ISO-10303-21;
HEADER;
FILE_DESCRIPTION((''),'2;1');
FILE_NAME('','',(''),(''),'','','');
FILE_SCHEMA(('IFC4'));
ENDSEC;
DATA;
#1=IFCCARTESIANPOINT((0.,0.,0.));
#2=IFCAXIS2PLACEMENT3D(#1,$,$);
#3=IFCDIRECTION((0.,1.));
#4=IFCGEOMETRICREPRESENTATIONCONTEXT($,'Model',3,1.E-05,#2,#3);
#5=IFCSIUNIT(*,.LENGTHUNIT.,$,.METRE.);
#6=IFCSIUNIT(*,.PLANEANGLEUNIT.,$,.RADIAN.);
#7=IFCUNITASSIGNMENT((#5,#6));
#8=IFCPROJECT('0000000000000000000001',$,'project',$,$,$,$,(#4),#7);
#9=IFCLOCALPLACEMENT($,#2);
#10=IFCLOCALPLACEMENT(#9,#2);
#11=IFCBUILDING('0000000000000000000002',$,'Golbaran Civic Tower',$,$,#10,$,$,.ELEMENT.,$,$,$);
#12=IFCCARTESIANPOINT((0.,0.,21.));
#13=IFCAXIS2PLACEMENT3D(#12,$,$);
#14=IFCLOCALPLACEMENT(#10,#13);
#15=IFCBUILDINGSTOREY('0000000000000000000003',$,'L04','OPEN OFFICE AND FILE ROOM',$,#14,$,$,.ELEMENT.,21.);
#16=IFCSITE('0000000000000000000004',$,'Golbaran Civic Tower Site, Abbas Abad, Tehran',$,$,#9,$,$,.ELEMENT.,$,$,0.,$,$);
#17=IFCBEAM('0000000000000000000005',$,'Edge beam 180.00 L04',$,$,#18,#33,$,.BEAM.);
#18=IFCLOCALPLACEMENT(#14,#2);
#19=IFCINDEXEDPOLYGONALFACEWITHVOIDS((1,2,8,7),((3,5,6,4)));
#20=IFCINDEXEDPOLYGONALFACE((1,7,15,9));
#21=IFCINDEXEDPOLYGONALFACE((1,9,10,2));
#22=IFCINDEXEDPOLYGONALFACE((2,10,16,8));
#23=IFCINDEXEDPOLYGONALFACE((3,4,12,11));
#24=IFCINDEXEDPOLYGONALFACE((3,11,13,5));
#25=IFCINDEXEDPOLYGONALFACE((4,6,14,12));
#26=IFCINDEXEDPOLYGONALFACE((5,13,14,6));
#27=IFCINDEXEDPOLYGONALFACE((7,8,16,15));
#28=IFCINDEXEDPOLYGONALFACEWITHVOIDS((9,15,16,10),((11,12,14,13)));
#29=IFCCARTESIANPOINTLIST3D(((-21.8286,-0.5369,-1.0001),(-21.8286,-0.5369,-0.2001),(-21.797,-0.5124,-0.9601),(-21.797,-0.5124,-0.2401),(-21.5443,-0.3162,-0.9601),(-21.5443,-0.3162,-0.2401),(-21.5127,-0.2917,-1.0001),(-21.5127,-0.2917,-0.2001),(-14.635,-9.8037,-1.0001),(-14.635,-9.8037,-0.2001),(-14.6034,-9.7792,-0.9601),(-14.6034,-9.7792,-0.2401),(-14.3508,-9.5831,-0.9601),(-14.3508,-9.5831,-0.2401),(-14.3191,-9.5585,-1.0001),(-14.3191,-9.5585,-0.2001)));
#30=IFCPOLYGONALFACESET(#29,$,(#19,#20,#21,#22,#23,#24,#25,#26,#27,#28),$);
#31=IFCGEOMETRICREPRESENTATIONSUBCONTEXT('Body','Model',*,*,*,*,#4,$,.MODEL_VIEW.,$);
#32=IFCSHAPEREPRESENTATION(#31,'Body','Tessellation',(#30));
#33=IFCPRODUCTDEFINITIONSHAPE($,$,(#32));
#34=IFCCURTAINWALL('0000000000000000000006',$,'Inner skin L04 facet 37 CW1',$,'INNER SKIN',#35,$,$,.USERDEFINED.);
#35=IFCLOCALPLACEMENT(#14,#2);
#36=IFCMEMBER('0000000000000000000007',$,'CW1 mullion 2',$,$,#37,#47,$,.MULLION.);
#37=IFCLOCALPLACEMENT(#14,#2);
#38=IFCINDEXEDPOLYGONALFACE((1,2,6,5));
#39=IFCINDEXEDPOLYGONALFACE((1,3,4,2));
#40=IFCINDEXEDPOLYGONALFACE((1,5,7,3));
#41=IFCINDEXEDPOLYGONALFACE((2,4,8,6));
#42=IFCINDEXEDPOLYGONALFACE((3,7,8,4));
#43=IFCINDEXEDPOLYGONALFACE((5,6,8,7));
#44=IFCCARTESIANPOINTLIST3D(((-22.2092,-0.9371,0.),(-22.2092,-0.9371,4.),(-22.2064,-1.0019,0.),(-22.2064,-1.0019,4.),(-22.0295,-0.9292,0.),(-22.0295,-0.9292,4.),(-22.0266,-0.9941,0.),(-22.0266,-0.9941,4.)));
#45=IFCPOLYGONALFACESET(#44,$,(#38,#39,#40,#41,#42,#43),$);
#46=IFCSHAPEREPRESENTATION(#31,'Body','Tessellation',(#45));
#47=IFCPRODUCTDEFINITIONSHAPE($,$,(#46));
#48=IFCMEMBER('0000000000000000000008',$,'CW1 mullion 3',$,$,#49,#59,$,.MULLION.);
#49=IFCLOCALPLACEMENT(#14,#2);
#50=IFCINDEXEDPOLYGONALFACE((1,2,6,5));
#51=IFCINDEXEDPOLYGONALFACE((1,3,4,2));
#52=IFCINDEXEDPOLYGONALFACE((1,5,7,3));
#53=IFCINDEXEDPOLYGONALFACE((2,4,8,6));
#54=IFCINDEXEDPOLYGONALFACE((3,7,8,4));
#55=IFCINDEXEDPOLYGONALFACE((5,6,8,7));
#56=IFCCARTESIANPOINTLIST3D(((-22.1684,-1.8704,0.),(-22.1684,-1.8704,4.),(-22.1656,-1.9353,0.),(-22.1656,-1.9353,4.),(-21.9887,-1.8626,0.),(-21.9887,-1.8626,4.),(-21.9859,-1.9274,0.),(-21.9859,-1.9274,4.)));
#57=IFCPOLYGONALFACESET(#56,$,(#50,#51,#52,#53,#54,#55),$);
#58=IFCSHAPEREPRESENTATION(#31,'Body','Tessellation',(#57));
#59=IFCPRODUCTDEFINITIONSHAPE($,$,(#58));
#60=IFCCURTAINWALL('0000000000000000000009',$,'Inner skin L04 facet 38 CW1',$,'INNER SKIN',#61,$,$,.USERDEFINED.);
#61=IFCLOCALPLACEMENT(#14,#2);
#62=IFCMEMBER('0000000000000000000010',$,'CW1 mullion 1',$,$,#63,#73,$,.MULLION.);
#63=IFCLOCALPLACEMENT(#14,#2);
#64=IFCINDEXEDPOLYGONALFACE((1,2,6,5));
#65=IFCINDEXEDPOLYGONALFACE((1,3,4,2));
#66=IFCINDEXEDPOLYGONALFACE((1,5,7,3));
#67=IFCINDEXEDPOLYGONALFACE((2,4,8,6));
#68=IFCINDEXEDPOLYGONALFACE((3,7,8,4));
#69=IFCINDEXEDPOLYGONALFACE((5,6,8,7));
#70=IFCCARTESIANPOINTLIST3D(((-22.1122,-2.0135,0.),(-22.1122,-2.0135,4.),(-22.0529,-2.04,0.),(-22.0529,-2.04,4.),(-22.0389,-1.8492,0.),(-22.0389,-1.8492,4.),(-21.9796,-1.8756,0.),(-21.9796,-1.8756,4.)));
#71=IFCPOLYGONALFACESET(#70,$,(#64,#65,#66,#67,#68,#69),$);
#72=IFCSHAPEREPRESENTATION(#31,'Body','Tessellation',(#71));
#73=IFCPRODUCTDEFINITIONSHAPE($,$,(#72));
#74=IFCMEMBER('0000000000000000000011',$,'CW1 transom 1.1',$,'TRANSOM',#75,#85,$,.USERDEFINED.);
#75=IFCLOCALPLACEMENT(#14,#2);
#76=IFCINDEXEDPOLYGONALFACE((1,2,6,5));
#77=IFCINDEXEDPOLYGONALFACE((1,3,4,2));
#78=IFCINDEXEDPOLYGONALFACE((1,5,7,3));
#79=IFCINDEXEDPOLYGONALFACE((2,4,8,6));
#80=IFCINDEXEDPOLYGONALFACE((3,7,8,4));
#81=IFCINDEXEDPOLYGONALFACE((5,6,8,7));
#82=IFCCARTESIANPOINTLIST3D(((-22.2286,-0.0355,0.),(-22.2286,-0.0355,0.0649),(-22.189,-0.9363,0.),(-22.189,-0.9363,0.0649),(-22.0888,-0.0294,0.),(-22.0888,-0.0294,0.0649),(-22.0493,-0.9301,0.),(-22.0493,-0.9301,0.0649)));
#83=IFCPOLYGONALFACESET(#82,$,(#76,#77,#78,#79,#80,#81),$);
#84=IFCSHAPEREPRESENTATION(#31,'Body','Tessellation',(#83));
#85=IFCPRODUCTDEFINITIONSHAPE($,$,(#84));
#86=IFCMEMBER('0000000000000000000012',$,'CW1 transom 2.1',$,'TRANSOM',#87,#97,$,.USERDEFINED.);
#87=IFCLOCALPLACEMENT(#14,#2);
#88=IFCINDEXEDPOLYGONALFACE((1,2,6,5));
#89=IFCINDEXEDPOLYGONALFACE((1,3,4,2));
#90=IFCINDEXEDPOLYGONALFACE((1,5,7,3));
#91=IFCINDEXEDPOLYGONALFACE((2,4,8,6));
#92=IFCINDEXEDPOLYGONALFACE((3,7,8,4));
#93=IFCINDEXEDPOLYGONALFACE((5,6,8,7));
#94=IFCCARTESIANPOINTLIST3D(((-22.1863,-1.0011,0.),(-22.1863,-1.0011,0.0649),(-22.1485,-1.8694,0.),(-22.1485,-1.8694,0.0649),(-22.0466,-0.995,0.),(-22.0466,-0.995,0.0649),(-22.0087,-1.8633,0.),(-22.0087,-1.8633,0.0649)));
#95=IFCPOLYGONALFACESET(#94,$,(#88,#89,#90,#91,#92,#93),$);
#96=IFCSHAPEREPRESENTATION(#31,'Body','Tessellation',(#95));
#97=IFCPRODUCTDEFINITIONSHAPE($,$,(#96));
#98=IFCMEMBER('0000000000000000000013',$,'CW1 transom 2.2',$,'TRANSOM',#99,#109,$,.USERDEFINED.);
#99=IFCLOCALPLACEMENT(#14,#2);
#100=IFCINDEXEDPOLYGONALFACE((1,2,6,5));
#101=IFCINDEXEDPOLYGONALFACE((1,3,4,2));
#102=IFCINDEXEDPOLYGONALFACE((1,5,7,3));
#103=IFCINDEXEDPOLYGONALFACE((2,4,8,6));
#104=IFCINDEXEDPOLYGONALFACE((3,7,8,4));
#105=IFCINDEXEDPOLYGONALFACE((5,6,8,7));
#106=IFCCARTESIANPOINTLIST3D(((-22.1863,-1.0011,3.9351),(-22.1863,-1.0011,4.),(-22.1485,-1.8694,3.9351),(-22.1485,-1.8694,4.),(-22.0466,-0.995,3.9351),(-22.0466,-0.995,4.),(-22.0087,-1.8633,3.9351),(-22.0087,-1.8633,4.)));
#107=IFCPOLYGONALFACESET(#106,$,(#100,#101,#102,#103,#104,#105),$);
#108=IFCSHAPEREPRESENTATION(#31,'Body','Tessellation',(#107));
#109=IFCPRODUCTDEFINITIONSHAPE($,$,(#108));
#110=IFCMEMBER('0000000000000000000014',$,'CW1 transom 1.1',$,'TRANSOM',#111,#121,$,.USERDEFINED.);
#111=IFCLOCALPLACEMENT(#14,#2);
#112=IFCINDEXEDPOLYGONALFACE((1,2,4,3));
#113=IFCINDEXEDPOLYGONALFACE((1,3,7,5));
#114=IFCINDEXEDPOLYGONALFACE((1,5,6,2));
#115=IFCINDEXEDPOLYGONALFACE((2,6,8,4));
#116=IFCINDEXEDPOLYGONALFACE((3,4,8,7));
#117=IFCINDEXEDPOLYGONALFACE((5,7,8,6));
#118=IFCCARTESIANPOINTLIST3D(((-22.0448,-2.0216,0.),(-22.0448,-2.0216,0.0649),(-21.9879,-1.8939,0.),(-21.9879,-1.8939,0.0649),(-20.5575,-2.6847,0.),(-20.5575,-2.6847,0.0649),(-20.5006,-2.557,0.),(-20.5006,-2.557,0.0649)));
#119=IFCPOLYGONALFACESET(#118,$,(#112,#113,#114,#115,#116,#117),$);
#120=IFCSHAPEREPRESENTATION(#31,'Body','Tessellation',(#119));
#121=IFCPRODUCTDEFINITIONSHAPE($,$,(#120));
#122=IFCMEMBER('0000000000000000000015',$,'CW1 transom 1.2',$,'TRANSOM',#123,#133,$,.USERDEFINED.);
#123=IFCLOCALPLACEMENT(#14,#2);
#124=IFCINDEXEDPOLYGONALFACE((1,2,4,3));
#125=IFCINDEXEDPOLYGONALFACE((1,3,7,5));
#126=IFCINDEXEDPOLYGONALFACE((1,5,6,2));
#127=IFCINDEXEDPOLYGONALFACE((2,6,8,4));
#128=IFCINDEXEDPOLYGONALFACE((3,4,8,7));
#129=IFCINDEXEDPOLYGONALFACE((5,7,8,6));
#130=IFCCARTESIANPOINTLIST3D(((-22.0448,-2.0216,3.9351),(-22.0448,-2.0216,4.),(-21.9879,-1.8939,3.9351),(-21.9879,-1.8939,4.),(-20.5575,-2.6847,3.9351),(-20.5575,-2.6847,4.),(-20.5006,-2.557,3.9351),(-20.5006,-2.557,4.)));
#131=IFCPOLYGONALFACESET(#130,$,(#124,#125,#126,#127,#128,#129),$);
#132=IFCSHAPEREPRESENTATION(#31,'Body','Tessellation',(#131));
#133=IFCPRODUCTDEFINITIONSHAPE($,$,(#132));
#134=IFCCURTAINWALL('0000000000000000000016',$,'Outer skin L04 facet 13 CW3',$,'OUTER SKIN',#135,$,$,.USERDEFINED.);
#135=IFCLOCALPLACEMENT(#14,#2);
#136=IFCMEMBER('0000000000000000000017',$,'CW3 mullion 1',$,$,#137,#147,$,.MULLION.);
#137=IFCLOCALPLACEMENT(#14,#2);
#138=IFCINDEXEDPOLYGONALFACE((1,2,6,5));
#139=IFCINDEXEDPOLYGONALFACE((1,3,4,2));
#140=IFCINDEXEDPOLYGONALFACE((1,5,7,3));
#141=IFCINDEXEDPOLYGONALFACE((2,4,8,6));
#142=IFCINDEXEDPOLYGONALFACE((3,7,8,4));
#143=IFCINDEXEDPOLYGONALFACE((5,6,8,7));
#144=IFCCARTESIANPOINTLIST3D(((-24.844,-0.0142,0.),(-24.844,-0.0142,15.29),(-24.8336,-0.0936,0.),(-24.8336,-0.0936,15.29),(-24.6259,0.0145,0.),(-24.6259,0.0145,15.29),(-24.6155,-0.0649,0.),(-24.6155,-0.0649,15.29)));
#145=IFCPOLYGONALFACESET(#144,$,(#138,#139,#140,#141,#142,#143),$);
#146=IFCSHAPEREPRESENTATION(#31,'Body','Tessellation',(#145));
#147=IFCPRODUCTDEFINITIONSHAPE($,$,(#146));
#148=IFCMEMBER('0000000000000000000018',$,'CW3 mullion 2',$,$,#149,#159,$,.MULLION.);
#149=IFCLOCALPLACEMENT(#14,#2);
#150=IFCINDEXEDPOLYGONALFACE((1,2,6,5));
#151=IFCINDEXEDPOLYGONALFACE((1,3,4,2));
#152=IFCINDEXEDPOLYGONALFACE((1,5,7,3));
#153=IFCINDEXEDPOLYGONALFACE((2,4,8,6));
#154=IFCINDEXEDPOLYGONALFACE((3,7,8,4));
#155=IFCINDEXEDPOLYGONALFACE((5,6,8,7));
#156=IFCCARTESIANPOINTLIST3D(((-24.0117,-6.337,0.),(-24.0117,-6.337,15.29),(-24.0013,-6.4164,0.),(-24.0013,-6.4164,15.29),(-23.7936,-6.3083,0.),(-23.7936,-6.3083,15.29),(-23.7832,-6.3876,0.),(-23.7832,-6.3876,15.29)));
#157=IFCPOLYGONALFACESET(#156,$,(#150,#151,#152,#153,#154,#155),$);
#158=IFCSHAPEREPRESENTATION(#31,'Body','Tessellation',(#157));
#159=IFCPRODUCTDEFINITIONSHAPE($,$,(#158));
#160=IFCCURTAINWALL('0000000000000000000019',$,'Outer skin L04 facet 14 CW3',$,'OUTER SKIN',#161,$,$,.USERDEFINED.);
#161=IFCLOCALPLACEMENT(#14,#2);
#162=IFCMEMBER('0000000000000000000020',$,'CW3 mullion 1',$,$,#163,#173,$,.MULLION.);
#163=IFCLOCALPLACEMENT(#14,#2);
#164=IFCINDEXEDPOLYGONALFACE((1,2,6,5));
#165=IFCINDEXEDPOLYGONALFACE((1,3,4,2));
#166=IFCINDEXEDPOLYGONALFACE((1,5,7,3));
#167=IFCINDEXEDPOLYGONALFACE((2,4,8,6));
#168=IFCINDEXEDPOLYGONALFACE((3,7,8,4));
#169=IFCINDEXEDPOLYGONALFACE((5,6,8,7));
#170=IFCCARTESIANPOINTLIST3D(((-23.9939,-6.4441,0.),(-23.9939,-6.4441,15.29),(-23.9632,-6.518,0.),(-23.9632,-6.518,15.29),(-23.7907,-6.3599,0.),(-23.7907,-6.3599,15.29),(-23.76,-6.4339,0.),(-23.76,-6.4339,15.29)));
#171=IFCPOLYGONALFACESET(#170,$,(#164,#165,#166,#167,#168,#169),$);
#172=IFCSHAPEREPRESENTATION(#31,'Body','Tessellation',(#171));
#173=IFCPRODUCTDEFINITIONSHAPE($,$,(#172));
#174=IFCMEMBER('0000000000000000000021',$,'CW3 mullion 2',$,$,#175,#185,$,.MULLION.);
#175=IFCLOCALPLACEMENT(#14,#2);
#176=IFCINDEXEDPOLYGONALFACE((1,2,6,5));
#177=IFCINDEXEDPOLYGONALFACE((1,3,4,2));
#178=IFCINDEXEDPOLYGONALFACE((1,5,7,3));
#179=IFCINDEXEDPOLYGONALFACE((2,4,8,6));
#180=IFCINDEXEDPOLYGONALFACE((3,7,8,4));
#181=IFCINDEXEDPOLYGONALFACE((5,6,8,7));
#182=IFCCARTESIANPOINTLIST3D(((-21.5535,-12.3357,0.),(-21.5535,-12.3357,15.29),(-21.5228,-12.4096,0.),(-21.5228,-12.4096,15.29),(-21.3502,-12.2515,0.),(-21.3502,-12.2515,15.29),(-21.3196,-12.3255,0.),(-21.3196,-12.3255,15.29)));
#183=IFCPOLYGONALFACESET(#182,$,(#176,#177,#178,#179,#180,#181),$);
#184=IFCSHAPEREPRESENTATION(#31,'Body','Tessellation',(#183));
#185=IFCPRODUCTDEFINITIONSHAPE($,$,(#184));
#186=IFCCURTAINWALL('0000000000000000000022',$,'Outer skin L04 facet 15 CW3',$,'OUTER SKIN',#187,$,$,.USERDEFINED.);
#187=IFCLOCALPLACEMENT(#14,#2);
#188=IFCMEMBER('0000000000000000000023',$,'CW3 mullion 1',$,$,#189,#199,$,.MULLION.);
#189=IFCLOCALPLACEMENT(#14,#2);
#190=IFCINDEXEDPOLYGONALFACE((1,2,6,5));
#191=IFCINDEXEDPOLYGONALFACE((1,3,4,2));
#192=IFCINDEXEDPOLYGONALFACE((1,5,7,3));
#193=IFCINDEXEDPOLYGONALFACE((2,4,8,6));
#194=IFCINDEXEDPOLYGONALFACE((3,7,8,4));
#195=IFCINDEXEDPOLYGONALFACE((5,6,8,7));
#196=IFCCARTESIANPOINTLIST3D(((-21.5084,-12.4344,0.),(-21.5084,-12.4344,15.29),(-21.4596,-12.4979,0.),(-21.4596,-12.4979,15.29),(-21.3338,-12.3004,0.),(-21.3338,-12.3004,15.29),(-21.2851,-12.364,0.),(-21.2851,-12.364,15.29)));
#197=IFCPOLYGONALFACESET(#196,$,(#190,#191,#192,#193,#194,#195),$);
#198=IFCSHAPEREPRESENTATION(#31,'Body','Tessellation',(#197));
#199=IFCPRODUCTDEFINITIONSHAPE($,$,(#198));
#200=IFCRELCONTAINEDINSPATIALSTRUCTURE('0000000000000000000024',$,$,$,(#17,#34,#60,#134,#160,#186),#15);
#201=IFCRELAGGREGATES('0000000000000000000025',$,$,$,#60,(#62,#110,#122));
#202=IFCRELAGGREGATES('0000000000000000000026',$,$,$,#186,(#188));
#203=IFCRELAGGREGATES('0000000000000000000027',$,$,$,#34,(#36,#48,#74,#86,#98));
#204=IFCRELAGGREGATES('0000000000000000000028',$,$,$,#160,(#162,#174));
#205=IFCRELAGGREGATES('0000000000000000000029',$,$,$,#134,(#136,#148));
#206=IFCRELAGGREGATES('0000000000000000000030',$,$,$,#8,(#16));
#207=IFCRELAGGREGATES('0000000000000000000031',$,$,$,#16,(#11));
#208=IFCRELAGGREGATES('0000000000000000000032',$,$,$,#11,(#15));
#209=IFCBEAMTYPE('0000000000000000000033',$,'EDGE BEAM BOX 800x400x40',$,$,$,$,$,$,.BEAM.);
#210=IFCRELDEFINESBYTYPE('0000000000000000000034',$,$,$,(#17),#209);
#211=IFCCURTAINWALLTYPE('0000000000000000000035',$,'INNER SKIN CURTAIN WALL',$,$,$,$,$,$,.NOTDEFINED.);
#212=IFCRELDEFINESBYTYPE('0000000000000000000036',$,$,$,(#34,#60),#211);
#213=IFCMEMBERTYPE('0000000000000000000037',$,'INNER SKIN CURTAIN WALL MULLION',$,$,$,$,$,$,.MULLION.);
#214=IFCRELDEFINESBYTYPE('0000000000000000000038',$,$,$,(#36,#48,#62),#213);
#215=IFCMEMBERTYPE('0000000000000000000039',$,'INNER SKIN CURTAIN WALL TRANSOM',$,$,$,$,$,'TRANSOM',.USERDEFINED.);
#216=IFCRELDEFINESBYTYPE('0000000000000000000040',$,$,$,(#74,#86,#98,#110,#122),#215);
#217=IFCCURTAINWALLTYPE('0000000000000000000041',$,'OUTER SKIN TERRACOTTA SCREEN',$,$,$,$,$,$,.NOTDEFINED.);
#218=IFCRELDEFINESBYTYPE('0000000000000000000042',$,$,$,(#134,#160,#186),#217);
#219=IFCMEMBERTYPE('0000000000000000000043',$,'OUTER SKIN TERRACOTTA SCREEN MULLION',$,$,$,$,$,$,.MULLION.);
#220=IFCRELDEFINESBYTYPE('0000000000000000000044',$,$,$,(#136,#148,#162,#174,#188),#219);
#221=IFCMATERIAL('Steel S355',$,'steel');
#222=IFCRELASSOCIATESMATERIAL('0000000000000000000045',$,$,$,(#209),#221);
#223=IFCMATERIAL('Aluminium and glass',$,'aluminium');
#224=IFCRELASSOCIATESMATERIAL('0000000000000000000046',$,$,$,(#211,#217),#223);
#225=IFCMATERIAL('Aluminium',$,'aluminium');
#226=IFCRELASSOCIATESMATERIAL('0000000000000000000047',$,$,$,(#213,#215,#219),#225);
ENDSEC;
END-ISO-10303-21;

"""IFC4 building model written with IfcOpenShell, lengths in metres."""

from ifc_helpers import new_model, si_unit, direction, frame, origin, origin_2d, place, context, subcontext, project, spatial, rectangle, hollow_rectangle, extrude, material, material_profile, profile_set, type_object, element, aggregate, save


model = new_model("IFC4")

# Units and contexts
model_context = context("Model", 3, precision=1e-05, world=origin(), true_north=direction((0.0, 1.0)))
body_context = subcontext(model_context, "Body", "Model", "MODEL_VIEW")
ifc_project = project(units=[si_unit("LENGTHUNIT", "METRE"), si_unit("PLANEANGLEUNIT", "RADIAN")], contexts=[model_context])

# Site, building, storey
site_placement = place(None, origin())
site = spatial("IfcSite", under=ifc_project, at=site_placement, Name="Golbaran Civic Tower Site, Abbas Abad, Tehran", CompositionType="ELEMENT", RefElevation=0.0)
building_placement = place(site_placement, origin())
building = spatial("IfcBuilding", under=site, at=building_placement, Name="Golbaran Civic Tower", CompositionType="ELEMENT")
storey_placement = place(building_placement, frame((0.0, 0.0, 21.0)))
storey = spatial("IfcBuildingStorey", under=building, at=storey_placement, Name="L04", Description="OPEN OFFICE AND FILE ROOM", CompositionType="ELEMENT", Elevation=21.0)

# Beam
ifc_material_1 = material(Name="Steel S355", Category="steel")
ifc_material_profile_1 = material_profile(ifc_material_1, hollow_rectangle(XDim=0.3999, YDim=0.8, WallThickness=0.04, at=origin_2d()), Name="BOX 800x400x40")
ifc_profile_set_1 = profile_set([ifc_material_profile_1], Name="Steel S355")
beam_type = type_object("IfcBeamType", Name="EDGE BEAM BOX 800x400x40", PredefinedType="BEAM", material=ifc_profile_set_1)
beam_placement = place(storey_placement, frame((-21.6707, -0.4143, -0.6001), z_axis=(0.6132, -0.789928, 0.0), x_axis=(0.789928, 0.6132, 0.0)))
element("IfcBeam", 1, at=beam_placement, inside=storey, type_object=beam_type, Name="Edge beam 180.00 L04", PredefinedType="BEAM", context=body_context, shape_type="SweptSolid", body=[
    extrude(hollow_rectangle(XDim=0.3999, YDim=0.8, WallThickness=0.04, at=origin_2d()), origin(), (0.0, 0.0, 1.0), 11.7312),
])

# Curtain wall, members
ifc_material_2 = material(Name="Aluminium and glass", Category="aluminium")
curtain_wall_type_1 = type_object("IfcCurtainWallType", Name="INNER SKIN CURTAIN WALL", PredefinedType="NOTDEFINED", material=ifc_material_2)
curtain_wall_1_placement = place(storey_placement, origin())
curtain_wall_1 = element("IfcCurtainWall", 2, at=curtain_wall_1_placement, inside=storey, type_object=curtain_wall_type_1, Name="Inner skin L04 facet 37 CW1", ObjectType="INNER SKIN", PredefinedType="USERDEFINED")
ifc_material_3 = material(Name="Aluminium", Category="aluminium")
ifc_material_profile_2 = material_profile(ifc_material_3, rectangle(XDim=0.1799, YDim=0.0649, at=origin_2d()), Name="INNER SKIN CURTAIN WALL MULLION")
ifc_profile_set_2 = profile_set([ifc_material_profile_2], Name="Aluminium")
member_type_1 = type_object("IfcMemberType", Name="INNER SKIN CURTAIN WALL MULLION", PredefinedType="MULLION", material=ifc_profile_set_2)
member_1_placement = place(storey_placement, frame((-22.1179, -0.9656, 0.0), z_axis=(0.0, 0.0, 1.0), x_axis=(0.999048, 0.043619, 0.0)))
member_1 = element("IfcMember", 3, at=member_1_placement, type_object=member_type_1, Name="CW1 mullion 2", PredefinedType="MULLION", context=body_context, shape_type="SweptSolid", body=[
    extrude(rectangle(XDim=0.1799, YDim=0.0649, at=origin_2d()), origin(), (0.0, 0.0, 1.0), 4.0),
])
member_2_placement = place(storey_placement, frame((-22.0771, -1.8989, 0.0), z_axis=(0.0, 0.0, 1.0), x_axis=(0.999048, 0.043619, 0.0)))
member_2 = element("IfcMember", 4, at=member_2_placement, type_object=member_type_1, Name="CW1 mullion 3", PredefinedType="MULLION", context=body_context, shape_type="SweptSolid", body=[
    extrude(rectangle(XDim=0.1799, YDim=0.0649, at=origin_2d()), origin(), (0.0, 0.0, 1.0), 4.0),
])

# Curtain wall, member
curtain_wall_2_placement = place(storey_placement, origin())
curtain_wall_2 = element("IfcCurtainWall", 5, at=curtain_wall_2_placement, inside=storey, type_object=curtain_wall_type_1, Name="Inner skin L04 facet 38 CW1", ObjectType="INNER SKIN", PredefinedType="USERDEFINED")
member_3_placement = place(storey_placement, frame((-22.0459, -1.9446, 0.0), z_axis=(0.0, 0.0, 1.0), x_axis=(0.407136, 0.913367, 0.0)))
member_3 = element("IfcMember", 6, at=member_3_placement, type_object=member_type_1, Name="CW1 mullion 1", PredefinedType="MULLION", context=body_context, shape_type="SweptSolid", body=[
    extrude(rectangle(XDim=0.1799, YDim=0.0649, at=origin_2d()), origin(), (0.0, 0.0, 1.0), 4.0),
])

# Members
ifc_material_profile_3 = material_profile(ifc_material_3, rectangle(XDim=0.1399, YDim=0.0649, at=origin_2d()), Name="INNER SKIN CURTAIN WALL TRANSOM")
ifc_profile_set_3 = profile_set([ifc_material_profile_3], Name="Aluminium")
member_type_2 = type_object("IfcMemberType", Name="INNER SKIN CURTAIN WALL TRANSOM", ElementType="TRANSOM", PredefinedType="USERDEFINED", material=ifc_profile_set_3)
member_4_placement = place(storey_placement, frame((-22.1587, -0.0325, 0.0325), z_axis=(0.043872, -0.999037, 0.0), x_axis=(0.999037, 0.043872, 0.0)))
member_4 = element("IfcMember", 7, at=member_4_placement, type_object=member_type_2, Name="CW1 transom 1.1", ObjectType="TRANSOM", PredefinedType="USERDEFINED", context=body_context, shape_type="SweptSolid", body=[
    extrude(rectangle(XDim=0.1399, YDim=0.0649, at=origin_2d()), origin(), (0.0, 0.0, 1.0), 0.9016),
])
member_5_placement = place(storey_placement, frame((-22.1165, -0.998, 0.0325), z_axis=(0.043535, -0.999052, 0.0), x_axis=(0.999052, 0.043535, 0.0)))
member_5 = element("IfcMember", 8, at=member_5_placement, type_object=member_type_2, Name="CW1 transom 2.1", ObjectType="TRANSOM", PredefinedType="USERDEFINED", context=body_context, shape_type="SweptSolid", body=[
    extrude(rectangle(XDim=0.1399, YDim=0.0649, at=origin_2d()), origin(), (0.0, 0.0, 1.0), 0.8691),
])
member_6_placement = place(storey_placement, frame((-22.1165, -0.998, 3.9675), z_axis=(0.043535, -0.999052, 0.0), x_axis=(0.999052, 0.043535, 0.0)))
member_6 = element("IfcMember", 9, at=member_6_placement, type_object=member_type_2, Name="CW1 transom 2.2", ObjectType="TRANSOM", PredefinedType="USERDEFINED", context=body_context, shape_type="SweptSolid", body=[
    extrude(rectangle(XDim=0.1399, YDim=0.0649, at=origin_2d()), origin(), (0.0, 0.0, 1.0), 0.8691),
])
member_7_placement = place(storey_placement, frame((-22.0164, -1.9578, 0.0325), z_axis=(0.913341, -0.407195, 0.0), x_axis=(0.407195, 0.913341, 0.0)))
member_7 = element("IfcMember", 10, at=member_7_placement, type_object=member_type_2, Name="CW1 transom 1.1", ObjectType="TRANSOM", PredefinedType="USERDEFINED", context=body_context, shape_type="SweptSolid", body=[
    extrude(rectangle(XDim=0.1399, YDim=0.0649, at=origin_2d()), origin(), (0.0, 0.0, 1.0), 1.6284),
])
member_8_placement = place(storey_placement, frame((-22.0164, -1.9578, 3.9675), z_axis=(0.913341, -0.407195, 0.0), x_axis=(0.407195, 0.913341, 0.0)))
member_8 = element("IfcMember", 11, at=member_8_placement, type_object=member_type_2, Name="CW1 transom 1.2", ObjectType="TRANSOM", PredefinedType="USERDEFINED", context=body_context, shape_type="SweptSolid", body=[
    extrude(rectangle(XDim=0.1399, YDim=0.0649, at=origin_2d()), origin(), (0.0, 0.0, 1.0), 1.6284),
])
aggregate(curtain_wall_2, [member_3, member_7, member_8])

# Curtain walls, members
curtain_wall_type_2 = type_object("IfcCurtainWallType", Name="OUTER SKIN TERRACOTTA SCREEN", PredefinedType="NOTDEFINED", material=ifc_material_2)
curtain_wall_3_placement = place(storey_placement, origin())
curtain_wall_3 = element("IfcCurtainWall", 12, at=curtain_wall_3_placement, inside=storey, type_object=curtain_wall_type_2, Name="Outer skin L04 facet 13 CW3", ObjectType="OUTER SKIN", PredefinedType="USERDEFINED")
ifc_material_profile_4 = material_profile(ifc_material_3, rectangle(XDim=0.22, YDim=0.0801, at=origin_2d()), Name="OUTER SKIN TERRACOTTA SCREEN MULLION")
ifc_profile_set_4 = profile_set([ifc_material_profile_4], Name="Aluminium")
member_type_3 = type_object("IfcMemberType", Name="OUTER SKIN TERRACOTTA SCREEN MULLION", PredefinedType="MULLION", material=ifc_profile_set_4)
member_9_placement = place(storey_placement, frame((-24.7297, -0.0396, 0.0), z_axis=(0.0, 0.0, 1.0), x_axis=(0.991445, 0.130526, 0.0)))
member_9 = element("IfcMember", 13, at=member_9_placement, type_object=member_type_3, Name="CW3 mullion 1", PredefinedType="MULLION", context=body_context, shape_type="SweptSolid", body=[
    extrude(rectangle(XDim=0.22, YDim=0.0801, at=origin_2d()), origin(), (0.0, 0.0, 1.0), 15.29),
])
member_10_placement = place(storey_placement, frame((-23.8975, -6.3623, 0.0), z_axis=(0.0, 0.0, 1.0), x_axis=(0.991445, 0.130526, 0.0)))
member_10 = element("IfcMember", 14, at=member_10_placement, type_object=member_type_3, Name="CW3 mullion 2", PredefinedType="MULLION", context=body_context, shape_type="SweptSolid", body=[
    extrude(rectangle(XDim=0.22, YDim=0.0801, at=origin_2d()), origin(), (0.0, 0.0, 1.0), 15.29),
])
curtain_wall_4_placement = place(storey_placement, origin())
curtain_wall_4 = element("IfcCurtainWall", 15, at=curtain_wall_4_placement, inside=storey, type_object=curtain_wall_type_2, Name="Outer skin L04 facet 14 CW3", ObjectType="OUTER SKIN", PredefinedType="USERDEFINED")
member_11_placement = place(storey_placement, frame((-23.877, -6.439, 0.0), z_axis=(0.0, 0.0, 1.0), x_axis=(0.92388, 0.382683, 0.0)))
member_11 = element("IfcMember", 16, at=member_11_placement, type_object=member_type_3, Name="CW3 mullion 1", PredefinedType="MULLION", context=body_context, shape_type="SweptSolid", body=[
    extrude(rectangle(XDim=0.22, YDim=0.0801, at=origin_2d()), origin(), (0.0, 0.0, 1.0), 15.29),
])
member_12_placement = place(storey_placement, frame((-21.4365, -12.3306, 0.0), z_axis=(0.0, 0.0, 1.0), x_axis=(0.92388, 0.382683, 0.0)))
member_12 = element("IfcMember", 17, at=member_12_placement, type_object=member_type_3, Name="CW3 mullion 2", PredefinedType="MULLION", context=body_context, shape_type="SweptSolid", body=[
    extrude(rectangle(XDim=0.22, YDim=0.0801, at=origin_2d()), origin(), (0.0, 0.0, 1.0), 15.29),
])

# Curtain wall, member
curtain_wall_5_placement = place(storey_placement, origin())
curtain_wall_5 = element("IfcCurtainWall", 18, at=curtain_wall_5_placement, inside=storey, type_object=curtain_wall_type_2, Name="Outer skin L04 facet 15 CW3", ObjectType="OUTER SKIN", PredefinedType="USERDEFINED")
member_13_placement = place(storey_placement, frame((-21.3967, -12.3992, 0.0), z_axis=(0.0, 0.0, 1.0), x_axis=(0.793353, 0.608761, 0.0)))
member_13 = element("IfcMember", 19, at=member_13_placement, type_object=member_type_3, Name="CW3 mullion 1", PredefinedType="MULLION", context=body_context, shape_type="SweptSolid", body=[
    extrude(rectangle(XDim=0.22, YDim=0.0801, at=origin_2d()), origin(), (0.0, 0.0, 1.0), 15.29),
])
aggregate(curtain_wall_5, [member_13])

aggregate(curtain_wall_1, [member_1, member_2, member_4, member_5, member_6])
aggregate(curtain_wall_4, [member_11, member_12])
aggregate(curtain_wall_3, [member_9, member_10])

save(model, "model.ifc")
